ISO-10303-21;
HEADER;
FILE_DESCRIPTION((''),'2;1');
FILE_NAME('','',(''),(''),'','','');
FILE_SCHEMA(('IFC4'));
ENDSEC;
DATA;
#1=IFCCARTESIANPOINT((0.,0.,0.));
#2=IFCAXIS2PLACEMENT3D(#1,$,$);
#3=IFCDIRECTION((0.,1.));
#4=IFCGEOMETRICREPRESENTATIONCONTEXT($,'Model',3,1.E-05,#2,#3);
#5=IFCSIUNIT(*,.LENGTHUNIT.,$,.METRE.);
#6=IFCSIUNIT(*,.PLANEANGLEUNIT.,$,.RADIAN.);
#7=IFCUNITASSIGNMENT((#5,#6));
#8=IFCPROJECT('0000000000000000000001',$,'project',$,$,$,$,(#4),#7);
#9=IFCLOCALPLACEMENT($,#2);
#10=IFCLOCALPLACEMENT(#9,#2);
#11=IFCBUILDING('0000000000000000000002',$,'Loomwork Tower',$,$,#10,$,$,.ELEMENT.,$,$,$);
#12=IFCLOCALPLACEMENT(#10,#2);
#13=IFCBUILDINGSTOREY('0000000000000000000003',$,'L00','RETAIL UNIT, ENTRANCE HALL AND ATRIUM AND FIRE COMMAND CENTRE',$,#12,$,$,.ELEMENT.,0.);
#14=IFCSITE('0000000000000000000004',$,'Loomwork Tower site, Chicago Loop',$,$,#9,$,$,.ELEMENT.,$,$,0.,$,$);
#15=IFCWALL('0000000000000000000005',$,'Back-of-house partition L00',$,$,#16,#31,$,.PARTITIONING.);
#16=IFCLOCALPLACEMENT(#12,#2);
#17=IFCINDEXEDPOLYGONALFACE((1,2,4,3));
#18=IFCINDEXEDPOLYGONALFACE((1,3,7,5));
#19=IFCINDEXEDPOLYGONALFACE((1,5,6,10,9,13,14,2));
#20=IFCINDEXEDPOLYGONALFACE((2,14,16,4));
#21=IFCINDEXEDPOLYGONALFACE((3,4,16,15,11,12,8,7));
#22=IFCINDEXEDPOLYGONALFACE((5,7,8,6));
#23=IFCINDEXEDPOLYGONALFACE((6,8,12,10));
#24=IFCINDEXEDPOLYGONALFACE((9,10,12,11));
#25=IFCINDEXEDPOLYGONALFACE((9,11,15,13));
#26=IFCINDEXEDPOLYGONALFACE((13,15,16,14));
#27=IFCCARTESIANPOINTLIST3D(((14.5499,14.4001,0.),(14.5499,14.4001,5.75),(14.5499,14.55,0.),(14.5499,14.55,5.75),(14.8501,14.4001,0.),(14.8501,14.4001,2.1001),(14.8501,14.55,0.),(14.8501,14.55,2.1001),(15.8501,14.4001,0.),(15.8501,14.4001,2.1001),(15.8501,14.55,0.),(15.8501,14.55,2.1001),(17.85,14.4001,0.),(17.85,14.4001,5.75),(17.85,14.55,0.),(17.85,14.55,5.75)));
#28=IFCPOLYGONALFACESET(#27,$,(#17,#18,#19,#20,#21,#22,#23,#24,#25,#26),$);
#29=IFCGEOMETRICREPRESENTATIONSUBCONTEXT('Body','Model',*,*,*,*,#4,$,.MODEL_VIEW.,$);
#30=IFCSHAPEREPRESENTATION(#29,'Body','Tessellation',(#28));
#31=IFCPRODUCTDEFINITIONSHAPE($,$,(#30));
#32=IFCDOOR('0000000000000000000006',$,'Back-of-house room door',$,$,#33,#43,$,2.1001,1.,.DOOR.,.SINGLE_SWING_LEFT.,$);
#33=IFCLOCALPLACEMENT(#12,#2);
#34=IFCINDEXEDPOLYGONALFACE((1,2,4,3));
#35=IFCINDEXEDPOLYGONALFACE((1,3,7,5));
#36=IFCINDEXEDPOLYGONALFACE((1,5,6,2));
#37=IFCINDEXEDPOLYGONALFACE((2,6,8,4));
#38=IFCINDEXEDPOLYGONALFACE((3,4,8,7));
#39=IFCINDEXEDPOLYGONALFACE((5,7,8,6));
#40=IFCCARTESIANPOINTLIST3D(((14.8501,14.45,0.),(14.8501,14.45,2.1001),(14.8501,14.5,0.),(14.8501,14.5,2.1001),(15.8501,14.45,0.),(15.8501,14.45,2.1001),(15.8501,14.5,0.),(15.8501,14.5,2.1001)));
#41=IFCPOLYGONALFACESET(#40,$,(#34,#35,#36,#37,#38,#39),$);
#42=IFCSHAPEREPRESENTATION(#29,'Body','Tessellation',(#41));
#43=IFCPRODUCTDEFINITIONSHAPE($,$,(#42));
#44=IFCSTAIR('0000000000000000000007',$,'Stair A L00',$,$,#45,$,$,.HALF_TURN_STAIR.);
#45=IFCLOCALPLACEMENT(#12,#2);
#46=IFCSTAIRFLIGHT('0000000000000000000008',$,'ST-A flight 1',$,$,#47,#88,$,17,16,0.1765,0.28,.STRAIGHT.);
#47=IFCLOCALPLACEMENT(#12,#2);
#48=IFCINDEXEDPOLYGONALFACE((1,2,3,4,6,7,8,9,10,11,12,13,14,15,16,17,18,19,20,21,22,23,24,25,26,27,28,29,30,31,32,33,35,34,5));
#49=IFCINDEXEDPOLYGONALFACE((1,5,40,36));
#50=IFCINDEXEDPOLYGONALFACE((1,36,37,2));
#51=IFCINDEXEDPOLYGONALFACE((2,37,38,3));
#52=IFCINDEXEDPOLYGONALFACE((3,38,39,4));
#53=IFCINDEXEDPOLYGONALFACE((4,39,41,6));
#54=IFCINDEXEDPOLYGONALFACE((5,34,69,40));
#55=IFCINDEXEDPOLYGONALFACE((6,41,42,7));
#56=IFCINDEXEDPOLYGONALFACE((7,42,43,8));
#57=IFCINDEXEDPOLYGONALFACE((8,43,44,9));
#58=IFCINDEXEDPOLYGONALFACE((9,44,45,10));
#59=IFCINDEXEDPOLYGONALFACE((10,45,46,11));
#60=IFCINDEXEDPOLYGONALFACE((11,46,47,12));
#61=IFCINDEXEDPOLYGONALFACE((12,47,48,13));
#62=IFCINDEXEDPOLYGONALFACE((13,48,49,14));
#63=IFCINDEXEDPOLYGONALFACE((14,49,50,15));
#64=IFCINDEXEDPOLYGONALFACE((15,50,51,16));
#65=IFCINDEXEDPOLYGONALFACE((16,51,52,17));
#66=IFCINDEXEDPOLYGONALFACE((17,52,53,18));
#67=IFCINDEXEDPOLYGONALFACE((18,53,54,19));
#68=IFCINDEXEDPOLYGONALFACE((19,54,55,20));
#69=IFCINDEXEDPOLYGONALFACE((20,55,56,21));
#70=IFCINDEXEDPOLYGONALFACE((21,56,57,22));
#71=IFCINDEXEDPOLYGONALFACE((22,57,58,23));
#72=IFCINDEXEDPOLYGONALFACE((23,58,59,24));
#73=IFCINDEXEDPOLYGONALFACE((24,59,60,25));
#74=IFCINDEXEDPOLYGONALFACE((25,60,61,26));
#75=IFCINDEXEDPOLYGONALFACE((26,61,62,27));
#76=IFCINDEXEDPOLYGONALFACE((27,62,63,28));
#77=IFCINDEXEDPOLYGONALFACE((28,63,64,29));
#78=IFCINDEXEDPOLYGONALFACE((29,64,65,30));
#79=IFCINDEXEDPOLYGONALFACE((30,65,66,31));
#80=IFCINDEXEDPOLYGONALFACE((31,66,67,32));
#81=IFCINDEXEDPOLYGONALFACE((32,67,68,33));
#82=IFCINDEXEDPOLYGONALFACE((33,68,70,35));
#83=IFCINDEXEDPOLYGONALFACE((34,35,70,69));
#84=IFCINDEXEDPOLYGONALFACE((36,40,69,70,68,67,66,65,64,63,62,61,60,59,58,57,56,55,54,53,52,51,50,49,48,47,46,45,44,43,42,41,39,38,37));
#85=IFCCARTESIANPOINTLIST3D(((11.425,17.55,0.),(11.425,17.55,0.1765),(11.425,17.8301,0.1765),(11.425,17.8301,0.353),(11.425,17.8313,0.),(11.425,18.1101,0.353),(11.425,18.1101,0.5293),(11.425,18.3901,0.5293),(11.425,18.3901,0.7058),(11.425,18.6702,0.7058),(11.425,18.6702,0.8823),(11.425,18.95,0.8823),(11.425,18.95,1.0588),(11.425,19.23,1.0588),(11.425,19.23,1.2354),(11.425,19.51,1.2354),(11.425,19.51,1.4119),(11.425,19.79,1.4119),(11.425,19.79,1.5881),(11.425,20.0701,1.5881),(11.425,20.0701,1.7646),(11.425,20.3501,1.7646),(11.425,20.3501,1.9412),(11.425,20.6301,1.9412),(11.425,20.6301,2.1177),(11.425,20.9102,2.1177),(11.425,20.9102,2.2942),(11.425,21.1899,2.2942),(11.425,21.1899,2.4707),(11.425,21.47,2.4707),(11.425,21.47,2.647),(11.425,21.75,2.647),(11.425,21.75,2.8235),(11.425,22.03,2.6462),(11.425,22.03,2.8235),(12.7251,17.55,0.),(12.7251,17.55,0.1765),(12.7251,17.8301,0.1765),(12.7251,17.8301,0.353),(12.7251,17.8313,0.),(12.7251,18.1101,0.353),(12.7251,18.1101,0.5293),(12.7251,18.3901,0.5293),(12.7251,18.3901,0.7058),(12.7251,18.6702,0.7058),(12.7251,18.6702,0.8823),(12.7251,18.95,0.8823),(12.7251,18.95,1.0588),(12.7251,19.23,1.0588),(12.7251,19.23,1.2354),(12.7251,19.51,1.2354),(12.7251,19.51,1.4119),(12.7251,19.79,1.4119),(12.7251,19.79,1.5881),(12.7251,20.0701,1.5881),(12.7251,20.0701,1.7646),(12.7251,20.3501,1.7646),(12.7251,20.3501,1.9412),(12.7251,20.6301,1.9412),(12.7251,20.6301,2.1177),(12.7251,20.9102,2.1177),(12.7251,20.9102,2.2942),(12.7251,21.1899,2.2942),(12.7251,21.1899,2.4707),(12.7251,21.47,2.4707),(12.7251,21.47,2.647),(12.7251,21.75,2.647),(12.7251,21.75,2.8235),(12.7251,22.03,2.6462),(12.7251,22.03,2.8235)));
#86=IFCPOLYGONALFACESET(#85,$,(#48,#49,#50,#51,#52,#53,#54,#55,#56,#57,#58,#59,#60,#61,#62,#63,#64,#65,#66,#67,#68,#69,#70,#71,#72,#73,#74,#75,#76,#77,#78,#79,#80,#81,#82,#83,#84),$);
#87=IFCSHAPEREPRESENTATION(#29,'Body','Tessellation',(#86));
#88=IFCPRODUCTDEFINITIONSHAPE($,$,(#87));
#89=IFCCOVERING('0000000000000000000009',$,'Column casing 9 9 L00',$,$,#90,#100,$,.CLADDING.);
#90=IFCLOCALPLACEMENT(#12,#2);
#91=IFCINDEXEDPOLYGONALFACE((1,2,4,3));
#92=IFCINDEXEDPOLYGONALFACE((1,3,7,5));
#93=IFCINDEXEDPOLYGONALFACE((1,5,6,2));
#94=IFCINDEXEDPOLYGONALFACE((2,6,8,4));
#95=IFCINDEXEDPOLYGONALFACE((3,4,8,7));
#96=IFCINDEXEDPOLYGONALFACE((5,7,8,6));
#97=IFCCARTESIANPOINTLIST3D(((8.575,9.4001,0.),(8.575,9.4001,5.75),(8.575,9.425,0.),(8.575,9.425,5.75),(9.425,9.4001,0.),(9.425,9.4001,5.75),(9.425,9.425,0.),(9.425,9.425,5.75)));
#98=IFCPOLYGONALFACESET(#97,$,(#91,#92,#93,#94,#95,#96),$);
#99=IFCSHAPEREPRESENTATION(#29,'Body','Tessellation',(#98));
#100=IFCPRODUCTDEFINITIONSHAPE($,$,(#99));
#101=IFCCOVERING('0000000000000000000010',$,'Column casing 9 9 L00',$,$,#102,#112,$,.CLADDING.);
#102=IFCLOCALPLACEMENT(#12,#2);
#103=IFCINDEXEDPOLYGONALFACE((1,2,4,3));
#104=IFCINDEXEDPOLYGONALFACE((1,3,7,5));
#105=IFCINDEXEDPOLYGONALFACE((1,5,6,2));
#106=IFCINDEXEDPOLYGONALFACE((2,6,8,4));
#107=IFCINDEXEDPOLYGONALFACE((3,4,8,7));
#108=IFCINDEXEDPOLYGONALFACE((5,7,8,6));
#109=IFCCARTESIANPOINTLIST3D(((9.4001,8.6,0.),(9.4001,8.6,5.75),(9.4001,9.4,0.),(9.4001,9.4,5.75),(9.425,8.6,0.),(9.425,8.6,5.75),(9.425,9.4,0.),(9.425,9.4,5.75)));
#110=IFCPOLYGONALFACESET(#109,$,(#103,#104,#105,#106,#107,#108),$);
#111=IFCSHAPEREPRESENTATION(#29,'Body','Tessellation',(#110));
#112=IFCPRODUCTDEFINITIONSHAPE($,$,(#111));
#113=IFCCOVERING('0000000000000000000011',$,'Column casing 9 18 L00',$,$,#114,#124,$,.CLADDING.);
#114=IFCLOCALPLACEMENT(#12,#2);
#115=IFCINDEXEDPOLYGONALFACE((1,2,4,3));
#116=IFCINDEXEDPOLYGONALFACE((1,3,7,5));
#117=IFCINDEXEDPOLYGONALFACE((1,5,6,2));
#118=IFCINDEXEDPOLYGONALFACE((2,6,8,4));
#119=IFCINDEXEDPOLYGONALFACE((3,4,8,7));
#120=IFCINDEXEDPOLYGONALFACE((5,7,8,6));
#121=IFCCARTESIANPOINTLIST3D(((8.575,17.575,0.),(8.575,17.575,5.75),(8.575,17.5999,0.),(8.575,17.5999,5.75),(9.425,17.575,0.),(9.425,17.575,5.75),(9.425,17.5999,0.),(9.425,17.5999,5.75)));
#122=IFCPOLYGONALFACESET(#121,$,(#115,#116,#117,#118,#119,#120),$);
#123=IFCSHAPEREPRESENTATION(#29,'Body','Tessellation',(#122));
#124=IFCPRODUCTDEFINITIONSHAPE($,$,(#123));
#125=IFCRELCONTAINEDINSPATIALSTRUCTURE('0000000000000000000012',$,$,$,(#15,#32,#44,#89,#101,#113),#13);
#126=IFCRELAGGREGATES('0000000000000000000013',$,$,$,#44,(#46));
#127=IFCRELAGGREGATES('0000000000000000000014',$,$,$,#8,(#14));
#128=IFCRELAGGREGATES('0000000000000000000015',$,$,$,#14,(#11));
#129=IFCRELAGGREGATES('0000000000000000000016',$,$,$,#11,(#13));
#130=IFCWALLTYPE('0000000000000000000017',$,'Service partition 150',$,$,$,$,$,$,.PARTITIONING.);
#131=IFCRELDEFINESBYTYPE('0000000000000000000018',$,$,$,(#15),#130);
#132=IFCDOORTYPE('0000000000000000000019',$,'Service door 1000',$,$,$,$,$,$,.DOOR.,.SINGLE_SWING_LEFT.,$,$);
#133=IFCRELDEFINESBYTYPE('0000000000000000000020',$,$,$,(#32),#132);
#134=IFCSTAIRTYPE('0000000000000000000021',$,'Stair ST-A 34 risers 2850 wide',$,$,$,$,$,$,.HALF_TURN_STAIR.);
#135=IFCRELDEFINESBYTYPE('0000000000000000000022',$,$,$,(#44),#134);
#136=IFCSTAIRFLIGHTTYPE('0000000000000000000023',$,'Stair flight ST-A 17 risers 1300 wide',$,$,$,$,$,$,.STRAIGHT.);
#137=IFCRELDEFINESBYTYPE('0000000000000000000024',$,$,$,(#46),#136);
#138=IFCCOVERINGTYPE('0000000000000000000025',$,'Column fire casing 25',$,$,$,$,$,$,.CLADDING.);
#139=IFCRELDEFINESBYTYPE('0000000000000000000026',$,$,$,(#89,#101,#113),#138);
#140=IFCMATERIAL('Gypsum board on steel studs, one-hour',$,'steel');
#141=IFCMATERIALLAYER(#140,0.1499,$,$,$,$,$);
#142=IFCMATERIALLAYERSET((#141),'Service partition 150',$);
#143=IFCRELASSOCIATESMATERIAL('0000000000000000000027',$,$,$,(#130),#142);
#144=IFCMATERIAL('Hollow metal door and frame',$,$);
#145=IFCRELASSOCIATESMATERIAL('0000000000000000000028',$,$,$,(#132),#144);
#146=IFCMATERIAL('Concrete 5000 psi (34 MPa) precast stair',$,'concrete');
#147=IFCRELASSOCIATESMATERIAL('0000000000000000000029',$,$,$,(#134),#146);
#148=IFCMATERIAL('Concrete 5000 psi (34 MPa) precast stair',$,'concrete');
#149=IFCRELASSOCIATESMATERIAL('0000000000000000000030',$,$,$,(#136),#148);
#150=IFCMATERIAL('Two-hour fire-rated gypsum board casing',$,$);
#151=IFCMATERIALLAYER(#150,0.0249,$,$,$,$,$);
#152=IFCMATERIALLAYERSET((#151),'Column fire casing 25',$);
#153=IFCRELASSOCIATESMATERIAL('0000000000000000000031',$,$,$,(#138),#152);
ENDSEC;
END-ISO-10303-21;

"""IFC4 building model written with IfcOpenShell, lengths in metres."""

from ifc_helpers import new_model, si_unit, direction, frame, frame_2d, origin, origin_2d, place, context, subcontext, project, spatial, polyline, rectangle, outline, extrude, material, layer, layer_set, type_object, element, fill, aggregate, save


model = new_model("IFC4")

# Units and contexts
model_context = context("Model", 3, precision=1e-05, world=origin(), true_north=direction((0.0, 1.0)))
body_context = subcontext(model_context, "Body", "Model", "MODEL_VIEW")
ifc_project = project(units=[si_unit("LENGTHUNIT", "METRE"), si_unit("PLANEANGLEUNIT", "RADIAN")], contexts=[model_context])

# Site, building, storey
site_placement = place(None, origin())
site = spatial("IfcSite", under=ifc_project, at=site_placement, Name="Loomwork Tower site, Chicago Loop", CompositionType="ELEMENT", RefElevation=0.0)
building_placement = place(site_placement, origin())
building = spatial("IfcBuilding", under=site, at=building_placement, Name="Loomwork Tower", CompositionType="ELEMENT")
storey_placement = place(building_placement, origin())
storey = spatial("IfcBuildingStorey", under=building, at=storey_placement, Name="L00", Description="RETAIL UNIT, ENTRANCE HALL AND ATRIUM AND FIRE COMMAND CENTRE", CompositionType="ELEMENT", Elevation=0.0)

# Wall, opening, door
ifc_material_1 = material(Name="Gypsum board on steel studs, one-hour", Category="steel")
ifc_layer_1 = layer(ifc_material_1, 0.1499)
ifc_layer_set_1 = layer_set([ifc_layer_1], Name="Service partition 150")
wall_type_1 = type_object("IfcWallType", Name="Service partition 150", PredefinedType="PARTITIONING", material=ifc_layer_set_1)
wall_1_placement = place(storey_placement, frame((14.55, 14.4751, 0.0), z_axis=(0.0, 0.0, 1.0), x_axis=(1.0, 0.0, 0.0)))
wall_1 = element("IfcWall", 1, at=wall_1_placement, inside=storey, type_object=wall_type_1, Name="Back-of-house partition L00", PredefinedType="PARTITIONING", context=body_context, shape_type="SweptSolid", body=[
    extrude(rectangle(XDim=3.3, YDim=0.1499, at=frame_2d((1.6499, 0.0))), origin(), (0.0, 0.0, 1.0), 5.75),
])
opening_1_placement = place(wall_1_placement, frame((0.3, 0.0, 0.0)))
opening_1 = element("IfcOpeningElement", 2, at=opening_1_placement, cuts=wall_1, PredefinedType="OPENING", context=body_context, shape_type="SweptSolid", body=[
    extrude(rectangle(XDim=1.0, YDim=2.1001, at=frame_2d((0.5, 1.05))), frame((0.0, 0.085, 0.0), z_axis=(0.0, -1.0, 0.0), x_axis=(1.0, 0.0, 0.0)), (0.0, 0.0, 1.0), 0.1699),
])
ifc_material_2 = material(Name="Hollow metal door and frame")
door_type_1 = type_object("IfcDoorType", Name="Service door 1000", OperationType="SINGLE_SWING_LEFT", PredefinedType="DOOR", material=ifc_material_2)
door_1_placement = place(opening_1_placement, origin())
door_1 = element("IfcDoor", 3, at=door_1_placement, inside=storey, type_object=door_type_1, Name="Back-of-house room door", OperationType="SINGLE_SWING_LEFT", OverallHeight=2.1001, OverallWidth=1.0, PredefinedType="DOOR", context=body_context, shape_type="SweptSolid", body=[
    extrude(rectangle(XDim=1.0, YDim=2.1001, at=frame_2d((0.5, 1.05))), frame((0.0, 0.0249, 0.0), z_axis=(0.0, -1.0, 0.0), x_axis=(1.0, 0.0, 0.0)), (0.0, 0.0, 1.0), 0.05),
])
fill(opening_1, door_1)

# Stair, stair flight
ifc_material_3 = material(Name="Concrete 5000 psi (34 MPa) precast stair", Category="concrete")
stair_type = type_object("IfcStairType", Name="Stair ST-A 34 risers 2850 wide", PredefinedType="HALF_TURN_STAIR", material=ifc_material_3)
stair_placement = place(storey_placement, origin())
stair = element("IfcStair", 4, at=stair_placement, inside=storey, type_object=stair_type, Name="Stair A L00", PredefinedType="HALF_TURN_STAIR")
ifc_material_4 = material(Name="Concrete 5000 psi (34 MPa) precast stair", Category="concrete")
stair_flight_type = type_object("IfcStairFlightType", Name="Stair flight ST-A 17 risers 1300 wide", PredefinedType="STRAIGHT", material=ifc_material_4)
stair_flight_placement = place(storey_placement, frame((12.075, 17.55, 0.0), z_axis=(0.0, 0.0, 1.0), x_axis=(0.0, 1.0, 0.0)))
stair_flight = element("IfcStairFlight", 5, at=stair_flight_placement, type_object=stair_flight_type, Name="ST-A flight 1", NumberOfRisers=17, NumberOfTreads=16, PredefinedType="STRAIGHT", RiserHeight=0.1765, TreadLength=0.28, context=body_context, shape_type="SweptSolid", body=[
    extrude(outline(polyline([(0.0, 0.0), (0.0, 0.1765), (0.28, 0.1765), (0.28, 0.353), (0.5601, 0.353), (0.5601, 0.5293), (0.8401, 0.5293), (0.8401, 0.7058), (1.1201, 0.7058), (1.1201, 0.8823), (1.3999, 0.8823), (1.3999, 1.0588), (1.6799, 1.0588), (1.6799, 1.2354), (1.96, 1.2354), (1.96, 1.4119), (2.24, 1.4119), (2.24, 1.5881), (2.52, 1.5881), (2.52, 1.7646), (2.8, 1.7646), (2.8, 1.9412), (3.0801, 1.9412), (3.0801, 2.1177), (3.3601, 2.1177), (3.3601, 2.2942), (3.6399, 2.2942), (3.6399, 2.4707), (3.9199, 2.4707), (3.9199, 2.647), (4.2, 2.647), (4.2, 2.8235), (4.48, 2.8235), (4.48, 3.0), (4.48, 2.6462), (0.2812, 0.0), (0.0, 0.0)])), frame((0.0, 0.6499, 0.0), z_axis=(0.0, -1.0, 0.0), x_axis=(1.0, 0.0, 0.0)), (0.0, 0.0, 1.0), 1.3),
])
aggregate(stair, [stair_flight])

# Coverings
ifc_material_5 = material(Name="Two-hour fire-rated gypsum board casing")
ifc_layer_2 = layer(ifc_material_5, 0.0249)
ifc_layer_set_2 = layer_set([ifc_layer_2], Name="Column fire casing 25")
covering_type = type_object("IfcCoveringType", Name="Column fire casing 25", PredefinedType="CLADDING", material=ifc_layer_set_2)
covering_1_placement = place(storey_placement, frame((9.0, 9.4126, 0.0), z_axis=(0.0, 0.0, 1.0), x_axis=(1.0, 0.0, 0.0)))
element("IfcCovering", 6, at=covering_1_placement, inside=storey, type_object=covering_type, Name="Column casing 9 9 L00", PredefinedType="CLADDING", context=body_context, shape_type="SweptSolid", body=[
    extrude(rectangle(XDim=0.8501, YDim=0.0249, at=origin_2d()), origin(), (0.0, 0.0, 1.0), 5.75),
])
covering_2_placement = place(storey_placement, frame((9.4126, 9.0, 0.0), z_axis=(0.0, 0.0, 1.0), x_axis=(1.0, 0.0, 0.0)))
element("IfcCovering", 7, at=covering_2_placement, inside=storey, type_object=covering_type, Name="Column casing 9 9 L00", PredefinedType="CLADDING", context=body_context, shape_type="SweptSolid", body=[
    extrude(rectangle(XDim=0.0249, YDim=0.8, at=origin_2d()), origin(), (0.0, 0.0, 1.0), 5.75),
])
covering_3_placement = place(storey_placement, frame((9.0, 17.5874, 0.0), z_axis=(0.0, 0.0, 1.0), x_axis=(1.0, 0.0, 0.0)))
element("IfcCovering", 8, at=covering_3_placement, inside=storey, type_object=covering_type, Name="Column casing 9 18 L00", PredefinedType="CLADDING", context=body_context, shape_type="SweptSolid", body=[
    extrude(rectangle(XDim=0.8501, YDim=0.0249, at=origin_2d()), origin(), (0.0, 0.0, 1.0), 5.75),
])

save(model, "model.ifc")
